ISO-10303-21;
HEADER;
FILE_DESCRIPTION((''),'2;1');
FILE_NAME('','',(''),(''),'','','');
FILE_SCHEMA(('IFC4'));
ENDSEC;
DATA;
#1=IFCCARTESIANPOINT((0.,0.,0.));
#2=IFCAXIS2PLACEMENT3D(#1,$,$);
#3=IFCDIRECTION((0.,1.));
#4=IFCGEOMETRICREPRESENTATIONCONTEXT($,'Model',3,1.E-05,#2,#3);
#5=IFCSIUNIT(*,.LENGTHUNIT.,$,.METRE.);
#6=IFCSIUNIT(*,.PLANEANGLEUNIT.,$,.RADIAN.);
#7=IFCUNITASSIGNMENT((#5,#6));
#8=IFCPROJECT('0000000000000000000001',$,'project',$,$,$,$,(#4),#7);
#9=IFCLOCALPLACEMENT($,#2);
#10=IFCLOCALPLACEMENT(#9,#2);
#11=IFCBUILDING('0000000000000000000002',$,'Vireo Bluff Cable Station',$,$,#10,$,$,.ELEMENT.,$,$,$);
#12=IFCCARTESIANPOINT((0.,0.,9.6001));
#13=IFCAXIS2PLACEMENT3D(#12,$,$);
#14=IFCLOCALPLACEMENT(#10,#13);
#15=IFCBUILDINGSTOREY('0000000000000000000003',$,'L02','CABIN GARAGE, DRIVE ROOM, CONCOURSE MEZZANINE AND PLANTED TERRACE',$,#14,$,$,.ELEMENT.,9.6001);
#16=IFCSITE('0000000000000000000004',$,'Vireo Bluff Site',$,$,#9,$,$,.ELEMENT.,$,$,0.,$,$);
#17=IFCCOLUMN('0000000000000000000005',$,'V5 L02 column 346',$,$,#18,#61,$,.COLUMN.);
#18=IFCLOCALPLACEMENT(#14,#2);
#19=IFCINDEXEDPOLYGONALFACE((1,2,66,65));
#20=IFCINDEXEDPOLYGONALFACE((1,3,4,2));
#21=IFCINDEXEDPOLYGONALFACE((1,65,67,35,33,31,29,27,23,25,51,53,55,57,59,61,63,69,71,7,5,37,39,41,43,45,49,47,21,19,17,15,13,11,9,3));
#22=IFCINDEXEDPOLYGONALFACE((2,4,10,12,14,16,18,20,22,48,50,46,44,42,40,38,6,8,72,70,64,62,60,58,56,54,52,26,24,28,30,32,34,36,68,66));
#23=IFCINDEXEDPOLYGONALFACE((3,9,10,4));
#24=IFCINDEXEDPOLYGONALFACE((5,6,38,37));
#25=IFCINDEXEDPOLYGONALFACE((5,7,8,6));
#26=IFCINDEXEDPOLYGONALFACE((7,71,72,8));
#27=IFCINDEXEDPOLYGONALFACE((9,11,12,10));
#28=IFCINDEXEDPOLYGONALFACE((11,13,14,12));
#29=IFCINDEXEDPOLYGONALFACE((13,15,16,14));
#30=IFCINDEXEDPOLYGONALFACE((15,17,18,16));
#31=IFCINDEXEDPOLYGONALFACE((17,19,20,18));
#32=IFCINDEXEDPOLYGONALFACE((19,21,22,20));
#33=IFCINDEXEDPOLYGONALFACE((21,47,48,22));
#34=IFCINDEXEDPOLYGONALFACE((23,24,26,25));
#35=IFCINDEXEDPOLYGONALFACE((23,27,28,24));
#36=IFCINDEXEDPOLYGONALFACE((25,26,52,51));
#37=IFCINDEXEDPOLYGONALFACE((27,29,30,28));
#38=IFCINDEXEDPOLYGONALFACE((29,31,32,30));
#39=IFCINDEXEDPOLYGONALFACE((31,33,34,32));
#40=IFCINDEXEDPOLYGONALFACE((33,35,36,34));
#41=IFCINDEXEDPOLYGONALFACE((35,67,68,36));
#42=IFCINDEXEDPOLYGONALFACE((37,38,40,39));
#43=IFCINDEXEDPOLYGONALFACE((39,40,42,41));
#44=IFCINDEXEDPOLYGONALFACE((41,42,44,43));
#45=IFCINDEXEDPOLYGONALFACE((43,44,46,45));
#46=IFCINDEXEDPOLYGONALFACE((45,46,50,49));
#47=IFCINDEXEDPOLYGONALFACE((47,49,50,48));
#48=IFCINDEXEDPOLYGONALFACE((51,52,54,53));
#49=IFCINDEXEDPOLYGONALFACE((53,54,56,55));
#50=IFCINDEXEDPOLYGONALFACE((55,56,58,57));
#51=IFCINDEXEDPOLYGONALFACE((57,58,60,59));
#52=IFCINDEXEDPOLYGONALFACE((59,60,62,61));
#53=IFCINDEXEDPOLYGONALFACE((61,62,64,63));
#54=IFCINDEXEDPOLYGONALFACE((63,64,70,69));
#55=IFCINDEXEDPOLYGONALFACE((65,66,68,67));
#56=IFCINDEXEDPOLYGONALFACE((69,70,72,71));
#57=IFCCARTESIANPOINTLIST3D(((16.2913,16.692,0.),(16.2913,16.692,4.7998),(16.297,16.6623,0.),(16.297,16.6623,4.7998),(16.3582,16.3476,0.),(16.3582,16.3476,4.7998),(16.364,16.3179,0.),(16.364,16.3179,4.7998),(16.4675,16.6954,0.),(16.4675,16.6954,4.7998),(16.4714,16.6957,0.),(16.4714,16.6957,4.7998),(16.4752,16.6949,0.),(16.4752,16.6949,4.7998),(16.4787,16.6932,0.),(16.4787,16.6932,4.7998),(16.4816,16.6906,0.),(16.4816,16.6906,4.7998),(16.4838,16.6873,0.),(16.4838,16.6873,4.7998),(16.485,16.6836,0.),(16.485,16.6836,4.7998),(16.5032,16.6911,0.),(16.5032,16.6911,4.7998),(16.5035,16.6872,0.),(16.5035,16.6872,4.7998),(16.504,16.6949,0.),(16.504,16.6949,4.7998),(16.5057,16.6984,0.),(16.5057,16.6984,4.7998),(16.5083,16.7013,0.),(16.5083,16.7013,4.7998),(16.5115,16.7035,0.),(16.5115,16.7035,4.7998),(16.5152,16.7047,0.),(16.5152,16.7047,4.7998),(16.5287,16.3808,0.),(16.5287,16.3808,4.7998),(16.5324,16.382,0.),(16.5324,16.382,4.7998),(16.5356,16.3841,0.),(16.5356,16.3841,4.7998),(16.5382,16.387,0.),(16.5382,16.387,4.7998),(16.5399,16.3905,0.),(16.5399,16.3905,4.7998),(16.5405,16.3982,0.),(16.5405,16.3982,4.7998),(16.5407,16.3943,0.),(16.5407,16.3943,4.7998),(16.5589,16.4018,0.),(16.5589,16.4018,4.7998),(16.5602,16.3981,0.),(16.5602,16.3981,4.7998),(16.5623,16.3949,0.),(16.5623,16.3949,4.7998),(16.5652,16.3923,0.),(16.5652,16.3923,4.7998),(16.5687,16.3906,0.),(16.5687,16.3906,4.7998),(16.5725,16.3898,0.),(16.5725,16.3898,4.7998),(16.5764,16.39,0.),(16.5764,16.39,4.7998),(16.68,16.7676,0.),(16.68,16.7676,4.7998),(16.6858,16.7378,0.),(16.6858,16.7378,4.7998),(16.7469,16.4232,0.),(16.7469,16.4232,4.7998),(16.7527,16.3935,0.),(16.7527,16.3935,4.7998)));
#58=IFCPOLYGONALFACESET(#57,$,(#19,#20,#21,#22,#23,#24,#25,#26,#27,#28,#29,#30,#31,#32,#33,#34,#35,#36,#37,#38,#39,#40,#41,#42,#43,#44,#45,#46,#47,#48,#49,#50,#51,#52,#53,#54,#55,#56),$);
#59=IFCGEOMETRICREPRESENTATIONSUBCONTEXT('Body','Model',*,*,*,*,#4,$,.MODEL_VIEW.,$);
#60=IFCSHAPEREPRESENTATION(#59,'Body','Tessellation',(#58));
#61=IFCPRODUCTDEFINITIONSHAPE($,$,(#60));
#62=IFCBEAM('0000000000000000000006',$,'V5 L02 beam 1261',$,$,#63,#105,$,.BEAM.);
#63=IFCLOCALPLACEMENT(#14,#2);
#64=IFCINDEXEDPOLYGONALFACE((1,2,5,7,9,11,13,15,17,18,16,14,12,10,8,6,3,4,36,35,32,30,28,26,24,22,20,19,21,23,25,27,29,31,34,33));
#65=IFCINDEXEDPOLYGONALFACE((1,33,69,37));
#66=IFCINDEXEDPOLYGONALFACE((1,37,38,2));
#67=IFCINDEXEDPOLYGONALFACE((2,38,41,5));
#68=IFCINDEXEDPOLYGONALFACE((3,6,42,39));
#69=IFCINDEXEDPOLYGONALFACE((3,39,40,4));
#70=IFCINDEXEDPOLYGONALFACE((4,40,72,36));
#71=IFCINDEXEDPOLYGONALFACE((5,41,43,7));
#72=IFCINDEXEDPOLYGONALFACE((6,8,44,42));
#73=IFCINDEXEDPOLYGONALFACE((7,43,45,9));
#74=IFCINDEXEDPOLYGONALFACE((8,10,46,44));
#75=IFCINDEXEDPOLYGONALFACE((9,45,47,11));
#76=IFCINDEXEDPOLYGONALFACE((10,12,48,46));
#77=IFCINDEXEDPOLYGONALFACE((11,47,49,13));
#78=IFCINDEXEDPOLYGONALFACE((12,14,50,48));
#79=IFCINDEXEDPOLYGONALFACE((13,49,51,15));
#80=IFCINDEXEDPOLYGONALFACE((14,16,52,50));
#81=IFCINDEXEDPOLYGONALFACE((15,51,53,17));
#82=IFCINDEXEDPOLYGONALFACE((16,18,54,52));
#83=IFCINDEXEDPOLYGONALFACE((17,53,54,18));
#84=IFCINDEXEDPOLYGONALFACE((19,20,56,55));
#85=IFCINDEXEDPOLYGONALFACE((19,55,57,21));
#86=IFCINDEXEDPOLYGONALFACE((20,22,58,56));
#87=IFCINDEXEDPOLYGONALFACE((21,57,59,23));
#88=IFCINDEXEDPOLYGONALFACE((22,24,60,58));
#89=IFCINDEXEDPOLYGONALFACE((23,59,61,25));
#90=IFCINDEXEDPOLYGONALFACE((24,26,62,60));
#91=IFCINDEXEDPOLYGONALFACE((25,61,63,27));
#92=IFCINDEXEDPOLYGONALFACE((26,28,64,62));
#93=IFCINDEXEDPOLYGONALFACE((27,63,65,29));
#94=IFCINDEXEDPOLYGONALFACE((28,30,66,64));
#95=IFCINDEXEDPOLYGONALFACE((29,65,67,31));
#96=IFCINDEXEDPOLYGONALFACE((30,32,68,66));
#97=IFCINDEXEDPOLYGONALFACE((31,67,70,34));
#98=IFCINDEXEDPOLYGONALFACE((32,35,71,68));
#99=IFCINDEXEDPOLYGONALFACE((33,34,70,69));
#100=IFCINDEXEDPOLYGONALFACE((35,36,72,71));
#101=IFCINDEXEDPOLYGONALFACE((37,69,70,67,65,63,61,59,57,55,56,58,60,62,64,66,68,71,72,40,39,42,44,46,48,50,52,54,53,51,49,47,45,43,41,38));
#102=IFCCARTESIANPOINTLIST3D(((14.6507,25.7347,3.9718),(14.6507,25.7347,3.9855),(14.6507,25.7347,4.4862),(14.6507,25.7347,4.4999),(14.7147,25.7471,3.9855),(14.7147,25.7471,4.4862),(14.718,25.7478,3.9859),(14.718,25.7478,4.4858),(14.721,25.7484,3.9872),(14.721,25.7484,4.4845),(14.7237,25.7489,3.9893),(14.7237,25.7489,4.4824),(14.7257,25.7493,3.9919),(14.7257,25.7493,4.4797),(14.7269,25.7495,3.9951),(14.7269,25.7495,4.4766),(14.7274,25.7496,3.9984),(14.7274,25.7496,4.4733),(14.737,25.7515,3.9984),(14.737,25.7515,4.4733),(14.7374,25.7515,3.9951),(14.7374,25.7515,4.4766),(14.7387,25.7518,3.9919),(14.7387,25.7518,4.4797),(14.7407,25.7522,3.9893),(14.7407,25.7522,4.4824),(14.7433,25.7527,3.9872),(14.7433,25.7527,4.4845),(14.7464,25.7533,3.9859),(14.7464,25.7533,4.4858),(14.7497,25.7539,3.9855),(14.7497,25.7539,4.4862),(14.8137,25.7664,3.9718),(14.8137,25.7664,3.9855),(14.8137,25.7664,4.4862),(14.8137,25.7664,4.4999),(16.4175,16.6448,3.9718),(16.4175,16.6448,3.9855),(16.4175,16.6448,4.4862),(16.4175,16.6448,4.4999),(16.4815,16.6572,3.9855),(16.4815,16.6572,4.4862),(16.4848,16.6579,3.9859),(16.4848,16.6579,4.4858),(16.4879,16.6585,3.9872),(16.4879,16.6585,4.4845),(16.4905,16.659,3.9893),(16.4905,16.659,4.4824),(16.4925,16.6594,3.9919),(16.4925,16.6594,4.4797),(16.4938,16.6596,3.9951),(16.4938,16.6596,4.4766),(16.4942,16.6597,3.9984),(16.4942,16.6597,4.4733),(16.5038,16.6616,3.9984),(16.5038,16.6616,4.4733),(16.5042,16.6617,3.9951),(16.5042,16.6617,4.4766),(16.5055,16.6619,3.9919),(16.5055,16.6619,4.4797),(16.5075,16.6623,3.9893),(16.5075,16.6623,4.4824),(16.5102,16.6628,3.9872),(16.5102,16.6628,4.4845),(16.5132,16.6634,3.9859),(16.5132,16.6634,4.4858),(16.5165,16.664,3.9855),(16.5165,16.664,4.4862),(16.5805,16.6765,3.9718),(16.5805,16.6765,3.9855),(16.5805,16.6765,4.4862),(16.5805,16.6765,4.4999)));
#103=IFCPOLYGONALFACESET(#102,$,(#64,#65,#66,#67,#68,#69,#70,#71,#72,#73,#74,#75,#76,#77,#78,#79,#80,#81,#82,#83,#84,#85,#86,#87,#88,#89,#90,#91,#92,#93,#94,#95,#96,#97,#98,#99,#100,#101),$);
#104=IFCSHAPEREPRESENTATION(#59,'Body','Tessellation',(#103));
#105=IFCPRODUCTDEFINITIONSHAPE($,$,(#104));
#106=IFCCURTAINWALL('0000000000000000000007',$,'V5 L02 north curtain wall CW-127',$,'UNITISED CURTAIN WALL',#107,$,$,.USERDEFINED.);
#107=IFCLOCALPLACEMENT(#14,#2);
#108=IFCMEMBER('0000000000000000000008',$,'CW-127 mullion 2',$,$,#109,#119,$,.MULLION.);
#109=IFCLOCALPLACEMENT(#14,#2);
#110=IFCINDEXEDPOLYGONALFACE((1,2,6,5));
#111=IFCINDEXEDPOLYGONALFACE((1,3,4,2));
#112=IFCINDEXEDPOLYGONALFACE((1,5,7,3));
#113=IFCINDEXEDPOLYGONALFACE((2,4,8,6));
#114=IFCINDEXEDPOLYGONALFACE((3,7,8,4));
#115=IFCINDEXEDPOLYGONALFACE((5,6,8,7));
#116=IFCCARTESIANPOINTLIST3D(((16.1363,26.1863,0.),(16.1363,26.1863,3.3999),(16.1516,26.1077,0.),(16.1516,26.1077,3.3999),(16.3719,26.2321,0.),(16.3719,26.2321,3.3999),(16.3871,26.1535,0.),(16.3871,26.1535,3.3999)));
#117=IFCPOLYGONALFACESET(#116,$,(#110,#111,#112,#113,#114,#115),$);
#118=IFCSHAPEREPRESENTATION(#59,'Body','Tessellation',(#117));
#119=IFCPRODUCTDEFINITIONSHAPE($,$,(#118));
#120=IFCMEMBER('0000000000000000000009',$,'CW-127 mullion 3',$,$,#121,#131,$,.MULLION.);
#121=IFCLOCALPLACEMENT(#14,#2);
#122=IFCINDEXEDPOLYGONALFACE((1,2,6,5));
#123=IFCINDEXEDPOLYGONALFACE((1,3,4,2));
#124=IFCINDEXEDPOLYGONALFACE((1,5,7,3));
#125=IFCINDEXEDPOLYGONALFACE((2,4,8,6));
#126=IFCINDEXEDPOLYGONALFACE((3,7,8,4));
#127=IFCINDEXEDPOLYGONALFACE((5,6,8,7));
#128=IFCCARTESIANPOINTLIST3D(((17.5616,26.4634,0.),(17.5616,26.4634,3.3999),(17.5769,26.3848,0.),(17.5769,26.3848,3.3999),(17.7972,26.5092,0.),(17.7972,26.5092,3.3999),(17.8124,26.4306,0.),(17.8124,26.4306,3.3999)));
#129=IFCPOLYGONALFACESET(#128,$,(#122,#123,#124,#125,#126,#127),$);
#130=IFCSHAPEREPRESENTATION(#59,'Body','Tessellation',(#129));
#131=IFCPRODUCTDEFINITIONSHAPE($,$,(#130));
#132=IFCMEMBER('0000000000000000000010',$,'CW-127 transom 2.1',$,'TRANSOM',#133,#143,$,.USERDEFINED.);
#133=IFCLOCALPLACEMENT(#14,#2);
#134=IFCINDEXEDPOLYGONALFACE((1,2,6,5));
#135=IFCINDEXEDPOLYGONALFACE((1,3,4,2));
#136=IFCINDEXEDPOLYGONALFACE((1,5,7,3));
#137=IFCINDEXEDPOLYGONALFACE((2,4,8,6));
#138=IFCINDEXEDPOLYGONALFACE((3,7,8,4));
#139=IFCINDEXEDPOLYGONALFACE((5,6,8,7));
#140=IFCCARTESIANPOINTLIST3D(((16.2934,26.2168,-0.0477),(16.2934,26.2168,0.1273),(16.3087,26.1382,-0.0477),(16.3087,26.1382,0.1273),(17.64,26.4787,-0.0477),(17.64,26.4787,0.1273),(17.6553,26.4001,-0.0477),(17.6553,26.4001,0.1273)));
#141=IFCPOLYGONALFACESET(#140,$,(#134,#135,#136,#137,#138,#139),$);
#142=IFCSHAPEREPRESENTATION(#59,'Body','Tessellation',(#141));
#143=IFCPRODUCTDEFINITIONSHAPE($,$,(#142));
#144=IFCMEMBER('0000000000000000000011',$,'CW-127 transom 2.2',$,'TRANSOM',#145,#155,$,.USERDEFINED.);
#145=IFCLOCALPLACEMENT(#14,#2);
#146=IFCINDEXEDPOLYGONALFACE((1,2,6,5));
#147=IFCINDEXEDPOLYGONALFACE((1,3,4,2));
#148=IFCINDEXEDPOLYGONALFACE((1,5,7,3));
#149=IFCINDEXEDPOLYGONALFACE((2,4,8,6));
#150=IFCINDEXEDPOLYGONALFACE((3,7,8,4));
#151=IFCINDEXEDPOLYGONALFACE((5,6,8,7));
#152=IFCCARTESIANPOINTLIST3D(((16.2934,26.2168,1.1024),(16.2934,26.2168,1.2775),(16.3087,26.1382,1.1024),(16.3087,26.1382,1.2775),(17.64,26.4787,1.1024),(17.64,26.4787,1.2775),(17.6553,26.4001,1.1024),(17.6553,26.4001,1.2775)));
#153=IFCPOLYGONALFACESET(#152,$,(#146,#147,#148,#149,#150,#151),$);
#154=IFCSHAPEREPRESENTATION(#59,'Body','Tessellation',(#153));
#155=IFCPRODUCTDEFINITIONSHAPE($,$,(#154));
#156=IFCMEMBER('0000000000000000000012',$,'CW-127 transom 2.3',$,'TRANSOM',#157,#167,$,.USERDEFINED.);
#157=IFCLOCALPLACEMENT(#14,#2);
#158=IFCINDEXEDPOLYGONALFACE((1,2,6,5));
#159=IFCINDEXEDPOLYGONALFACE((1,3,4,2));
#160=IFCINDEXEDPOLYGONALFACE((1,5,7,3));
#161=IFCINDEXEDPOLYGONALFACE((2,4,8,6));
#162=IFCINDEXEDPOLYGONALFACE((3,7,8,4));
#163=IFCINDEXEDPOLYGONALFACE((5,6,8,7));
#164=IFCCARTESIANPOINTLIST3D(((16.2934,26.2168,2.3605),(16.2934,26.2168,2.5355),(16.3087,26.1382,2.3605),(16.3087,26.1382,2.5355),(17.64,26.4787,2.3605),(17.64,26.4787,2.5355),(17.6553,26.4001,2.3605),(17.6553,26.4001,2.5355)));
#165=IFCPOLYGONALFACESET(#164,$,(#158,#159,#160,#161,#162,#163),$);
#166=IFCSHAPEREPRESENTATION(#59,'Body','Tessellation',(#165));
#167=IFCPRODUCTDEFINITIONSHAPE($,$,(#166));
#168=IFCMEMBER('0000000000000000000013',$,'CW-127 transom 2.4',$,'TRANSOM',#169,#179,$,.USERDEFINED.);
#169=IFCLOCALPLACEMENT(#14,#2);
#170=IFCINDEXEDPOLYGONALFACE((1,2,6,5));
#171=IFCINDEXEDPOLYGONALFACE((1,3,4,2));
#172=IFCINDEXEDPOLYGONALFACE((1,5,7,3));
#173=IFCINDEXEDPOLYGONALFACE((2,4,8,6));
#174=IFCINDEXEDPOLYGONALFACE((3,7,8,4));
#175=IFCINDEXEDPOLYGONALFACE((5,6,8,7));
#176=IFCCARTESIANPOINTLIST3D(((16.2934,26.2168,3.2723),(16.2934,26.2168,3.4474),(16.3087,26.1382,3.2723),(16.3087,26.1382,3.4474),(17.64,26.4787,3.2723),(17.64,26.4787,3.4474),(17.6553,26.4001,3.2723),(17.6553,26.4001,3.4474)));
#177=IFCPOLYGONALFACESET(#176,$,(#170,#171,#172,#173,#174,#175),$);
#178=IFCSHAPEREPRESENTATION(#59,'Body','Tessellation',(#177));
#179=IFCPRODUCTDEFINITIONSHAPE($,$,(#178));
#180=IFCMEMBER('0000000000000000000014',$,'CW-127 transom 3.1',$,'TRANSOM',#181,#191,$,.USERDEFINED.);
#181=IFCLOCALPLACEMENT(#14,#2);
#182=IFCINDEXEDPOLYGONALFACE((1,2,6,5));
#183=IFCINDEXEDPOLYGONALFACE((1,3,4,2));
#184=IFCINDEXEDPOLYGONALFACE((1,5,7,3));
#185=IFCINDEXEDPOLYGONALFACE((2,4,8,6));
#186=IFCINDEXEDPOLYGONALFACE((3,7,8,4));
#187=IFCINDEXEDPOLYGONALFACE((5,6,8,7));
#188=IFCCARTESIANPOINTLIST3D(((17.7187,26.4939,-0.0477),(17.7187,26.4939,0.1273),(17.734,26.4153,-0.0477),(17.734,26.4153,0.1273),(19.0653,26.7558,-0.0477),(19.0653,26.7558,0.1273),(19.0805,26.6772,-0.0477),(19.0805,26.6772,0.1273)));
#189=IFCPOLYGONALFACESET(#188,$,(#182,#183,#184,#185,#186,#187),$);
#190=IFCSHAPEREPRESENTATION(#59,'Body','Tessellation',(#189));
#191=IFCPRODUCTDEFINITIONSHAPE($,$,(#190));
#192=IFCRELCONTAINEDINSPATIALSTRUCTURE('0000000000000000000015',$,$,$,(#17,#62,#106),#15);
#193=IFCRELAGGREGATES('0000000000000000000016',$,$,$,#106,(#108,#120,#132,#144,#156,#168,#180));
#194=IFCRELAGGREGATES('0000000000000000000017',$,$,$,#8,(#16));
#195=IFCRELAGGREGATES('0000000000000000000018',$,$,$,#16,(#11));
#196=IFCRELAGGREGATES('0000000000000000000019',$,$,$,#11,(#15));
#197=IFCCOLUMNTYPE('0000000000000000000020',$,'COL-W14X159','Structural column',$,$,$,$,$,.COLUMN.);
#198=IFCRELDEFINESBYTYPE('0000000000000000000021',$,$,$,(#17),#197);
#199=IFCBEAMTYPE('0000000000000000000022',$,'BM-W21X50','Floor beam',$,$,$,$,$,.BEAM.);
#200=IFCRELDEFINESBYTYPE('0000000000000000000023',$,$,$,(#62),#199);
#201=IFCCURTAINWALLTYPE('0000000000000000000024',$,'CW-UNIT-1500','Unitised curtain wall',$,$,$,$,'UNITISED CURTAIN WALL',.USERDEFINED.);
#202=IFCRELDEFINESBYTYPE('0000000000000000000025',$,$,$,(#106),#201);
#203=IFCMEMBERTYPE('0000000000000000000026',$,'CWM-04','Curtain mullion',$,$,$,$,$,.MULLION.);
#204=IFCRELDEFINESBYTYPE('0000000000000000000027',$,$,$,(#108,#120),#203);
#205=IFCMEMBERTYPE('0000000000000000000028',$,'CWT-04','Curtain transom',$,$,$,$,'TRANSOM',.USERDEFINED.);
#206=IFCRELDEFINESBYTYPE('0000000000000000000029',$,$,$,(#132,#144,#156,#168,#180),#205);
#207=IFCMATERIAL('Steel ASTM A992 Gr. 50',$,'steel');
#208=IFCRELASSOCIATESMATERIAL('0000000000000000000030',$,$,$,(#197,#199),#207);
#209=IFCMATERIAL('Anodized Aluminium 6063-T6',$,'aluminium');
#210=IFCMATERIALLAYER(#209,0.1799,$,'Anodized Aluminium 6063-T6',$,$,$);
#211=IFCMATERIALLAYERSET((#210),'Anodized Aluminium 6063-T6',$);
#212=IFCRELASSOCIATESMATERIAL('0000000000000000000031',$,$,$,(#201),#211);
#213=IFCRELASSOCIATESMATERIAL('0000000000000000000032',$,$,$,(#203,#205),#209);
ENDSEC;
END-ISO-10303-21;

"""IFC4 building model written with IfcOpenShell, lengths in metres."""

from ifc_helpers import new_model, si_unit, direction, frame, origin, origin_2d, place, context, subcontext, project, spatial, rectangle, i_section, extrude, material, layer, layer_set, material_profile, profile_set, type_object, element, aggregate, save


model = new_model("IFC4")

# Units and contexts
model_context = context("Model", 3, precision=1e-05, world=origin(), true_north=direction((0.0, 1.0)))
body_context = subcontext(model_context, "Body", "Model", "MODEL_VIEW")
ifc_project = project(units=[si_unit("LENGTHUNIT", "METRE"), si_unit("PLANEANGLEUNIT", "RADIAN")], contexts=[model_context])

# Site, building, storey
site_placement = place(None, origin())
site = spatial("IfcSite", under=ifc_project, at=site_placement, Name="Vireo Bluff Site", CompositionType="ELEMENT", RefElevation=0.0)
building_placement = place(site_placement, origin())
building = spatial("IfcBuilding", under=site, at=building_placement, Name="Vireo Bluff Cable Station", CompositionType="ELEMENT")
storey_placement = place(building_placement, frame((0.0, 0.0, 9.6001)))
storey = spatial("IfcBuildingStorey", under=building, at=storey_placement, Name="L02", Description="CABIN GARAGE, DRIVE ROOM, CONCOURSE MEZZANINE AND PLANTED TERRACE", CompositionType="ELEMENT", Elevation=9.6001)

# Column
ifc_material_1 = material(Name="Steel ASTM A992 Gr. 50", Category="steel")
ifc_material_profile_1 = material_profile(ifc_material_1, i_section(OverallWidth=0.396, OverallDepth=0.3811, WebThickness=0.0188, FlangeThickness=0.0303, FilletRadius=0.0149, at=origin_2d()), Name="W14X159")
ifc_profile_set_1 = profile_set([ifc_material_profile_1], Name="Steel ASTM A992 Gr. 50")
column_type = type_object("IfcColumnType", Name="COL-W14X159", Description="Structural column", PredefinedType="COLUMN", material=ifc_profile_set_1)
column_placement = place(storey_placement, frame((16.522, 16.5427, 0.0), z_axis=(0.0, 0.0, 1.0), x_axis=(0.981627, 0.190809, 0.0)))
element("IfcColumn", 1, at=column_placement, inside=storey, type_object=column_type, Name="V5 L02 column 346", PredefinedType="COLUMN", context=body_context, shape_type="SweptSolid", body=[
    extrude(i_section(OverallWidth=0.396, OverallDepth=0.3811, WebThickness=0.0188, FlangeThickness=0.0303, FilletRadius=0.0149, at=origin_2d()), origin(), (0.0, 0.0, 1.0), 4.7998),
])

# Beam
ifc_material_profile_2 = material_profile(ifc_material_1, i_section(OverallWidth=0.166, OverallDepth=0.5281, WebThickness=0.0098, FlangeThickness=0.0137, FilletRadius=0.0129, at=origin_2d()), Name="W21X50")
ifc_profile_set_2 = profile_set([ifc_material_profile_2], Name="Steel ASTM A992 Gr. 50")
beam_type_1 = type_object("IfcBeamType", Name="BM-W21X50", Description="Floor beam", PredefinedType="BEAM", material=ifc_profile_set_2)
beam_1_placement = place(storey_placement, frame((16.499, 16.6606, 4.2358), z_axis=(-0.190805, 0.981628, 0.0), x_axis=(-0.981628, -0.190805, 0.0)))
element("IfcBeam", 2, at=beam_1_placement, inside=storey, type_object=beam_type_1, Name="V5 L02 beam 1261", PredefinedType="BEAM", context=body_context, shape_type="SweptSolid", body=[
    extrude(i_section(OverallWidth=0.166, OverallDepth=0.5281, WebThickness=0.0098, FlangeThickness=0.0137, FilletRadius=0.0129, at=origin_2d()), origin(), (0.0, 0.0, 1.0), 9.26),
])

# Curtain wall, members
ifc_material_2 = material(Name="Anodized Aluminium 6063-T6", Category="aluminium")
ifc_layer_1 = layer(ifc_material_2, 0.1799, Name="Anodized Aluminium 6063-T6")
ifc_layer_set_1 = layer_set([ifc_layer_1], Name="Anodized Aluminium 6063-T6")
curtain_wall_type = type_object("IfcCurtainWallType", Name="CW-UNIT-1500", Description="Unitised curtain wall", ElementType="UNITISED CURTAIN WALL", PredefinedType="USERDEFINED", material=ifc_layer_set_1)
curtain_wall_placement = place(storey_placement, origin())
curtain_wall = element("IfcCurtainWall", 3, at=curtain_wall_placement, inside=storey, type_object=curtain_wall_type, Name="V5 L02 north curtain wall CW-127", ObjectType="UNITISED CURTAIN WALL", PredefinedType="USERDEFINED")
ifc_material_profile_3 = material_profile(ifc_material_2, rectangle(XDim=0.0801, YDim=0.24, at=origin_2d()), Name="ALU-M-80X240")
ifc_profile_set_3 = profile_set([ifc_material_profile_3], Name="Anodized Aluminium 6063-T6")
member_type_1 = type_object("IfcMemberType", Name="CWM-04", Description="Curtain mullion", PredefinedType="MULLION", material=ifc_profile_set_3)
member_1_placement = place(storey_placement, frame((16.2617, 26.1699, 0.0), z_axis=(0.0, 0.0, 1.0), x_axis=(-0.190809, 0.981627, 0.0)))
member_1 = element("IfcMember", 4, at=member_1_placement, type_object=member_type_1, Name="CW-127 mullion 2", PredefinedType="MULLION", context=body_context, shape_type="SweptSolid", body=[
    extrude(rectangle(XDim=0.0801, YDim=0.24, at=origin_2d()), origin(), (0.0, 0.0, 1.0), 3.3999),
])
member_2_placement = place(storey_placement, frame((17.687, 26.447, 0.0), z_axis=(0.0, 0.0, 1.0), x_axis=(-0.190809, 0.981627, 0.0)))
member_2 = element("IfcMember", 5, at=member_2_placement, type_object=member_type_1, Name="CW-127 mullion 3", PredefinedType="MULLION", context=body_context, shape_type="SweptSolid", body=[
    extrude(rectangle(XDim=0.0801, YDim=0.24, at=origin_2d()), origin(), (0.0, 0.0, 1.0), 3.3999),
])
ifc_material_profile_4 = material_profile(ifc_material_2, rectangle(XDim=0.0801, YDim=0.175, at=origin_2d()), Name="ALU-T-80X175")
ifc_profile_set_4 = profile_set([ifc_material_profile_4], Name="Anodized Aluminium 6063-T6")
member_type_2 = type_object("IfcMemberType", Name="CWT-04", Description="Curtain transom", ElementType="TRANSOM", PredefinedType="USERDEFINED", material=ifc_profile_set_4)
member_3_placement = place(storey_placement, frame((16.301, 26.1775, 0.0398), z_axis=(0.981601, 0.190946, 0.0), x_axis=(-0.190946, 0.981601, 0.0)))
member_3 = element("IfcMember", 6, at=member_3_placement, type_object=member_type_2, Name="CW-127 transom 2.1", ObjectType="TRANSOM", PredefinedType="USERDEFINED", context=body_context, shape_type="SweptSolid", body=[
    extrude(rectangle(XDim=0.0801, YDim=0.175, at=origin_2d()), origin(), (0.0, 0.0, 1.0), 1.3718),
])
member_4_placement = place(storey_placement, frame((16.301, 26.1775, 1.1899), z_axis=(0.981601, 0.190946, 0.0), x_axis=(-0.190946, 0.981601, 0.0)))
member_4 = element("IfcMember", 7, at=member_4_placement, type_object=member_type_2, Name="CW-127 transom 2.2", ObjectType="TRANSOM", PredefinedType="USERDEFINED", context=body_context, shape_type="SweptSolid", body=[
    extrude(rectangle(XDim=0.0801, YDim=0.175, at=origin_2d()), origin(), (0.0, 0.0, 1.0), 1.3718),
])
member_5_placement = place(storey_placement, frame((16.301, 26.1775, 2.448), z_axis=(0.981601, 0.190946, 0.0), x_axis=(-0.190946, 0.981601, 0.0)))
member_5 = element("IfcMember", 8, at=member_5_placement, type_object=member_type_2, Name="CW-127 transom 2.3", ObjectType="TRANSOM", PredefinedType="USERDEFINED", context=body_context, shape_type="SweptSolid", body=[
    extrude(rectangle(XDim=0.0801, YDim=0.175, at=origin_2d()), origin(), (0.0, 0.0, 1.0), 1.3718),
])
member_6_placement = place(storey_placement, frame((16.301, 26.1775, 3.3599), z_axis=(0.981601, 0.190946, 0.0), x_axis=(-0.190946, 0.981601, 0.0)))
member_6 = element("IfcMember", 9, at=member_6_placement, type_object=member_type_2, Name="CW-127 transom 2.4", ObjectType="TRANSOM", PredefinedType="USERDEFINED", context=body_context, shape_type="SweptSolid", body=[
    extrude(rectangle(XDim=0.0801, YDim=0.175, at=origin_2d()), origin(), (0.0, 0.0, 1.0), 1.3718),
])
member_7_placement = place(storey_placement, frame((17.7263, 26.4546, 0.0398), z_axis=(0.981601, 0.190946, 0.0), x_axis=(-0.190946, 0.981601, 0.0)))
member_7 = element("IfcMember", 10, at=member_7_placement, type_object=member_type_2, Name="CW-127 transom 3.1", ObjectType="TRANSOM", PredefinedType="USERDEFINED", context=body_context, shape_type="SweptSolid", body=[
    extrude(rectangle(XDim=0.0801, YDim=0.175, at=origin_2d()), origin(), (0.0, 0.0, 1.0), 1.3718),
])

aggregate(curtain_wall, [member_1, member_2, member_3, member_4, member_5, member_6, member_7])

save(model, "model.ifc")
